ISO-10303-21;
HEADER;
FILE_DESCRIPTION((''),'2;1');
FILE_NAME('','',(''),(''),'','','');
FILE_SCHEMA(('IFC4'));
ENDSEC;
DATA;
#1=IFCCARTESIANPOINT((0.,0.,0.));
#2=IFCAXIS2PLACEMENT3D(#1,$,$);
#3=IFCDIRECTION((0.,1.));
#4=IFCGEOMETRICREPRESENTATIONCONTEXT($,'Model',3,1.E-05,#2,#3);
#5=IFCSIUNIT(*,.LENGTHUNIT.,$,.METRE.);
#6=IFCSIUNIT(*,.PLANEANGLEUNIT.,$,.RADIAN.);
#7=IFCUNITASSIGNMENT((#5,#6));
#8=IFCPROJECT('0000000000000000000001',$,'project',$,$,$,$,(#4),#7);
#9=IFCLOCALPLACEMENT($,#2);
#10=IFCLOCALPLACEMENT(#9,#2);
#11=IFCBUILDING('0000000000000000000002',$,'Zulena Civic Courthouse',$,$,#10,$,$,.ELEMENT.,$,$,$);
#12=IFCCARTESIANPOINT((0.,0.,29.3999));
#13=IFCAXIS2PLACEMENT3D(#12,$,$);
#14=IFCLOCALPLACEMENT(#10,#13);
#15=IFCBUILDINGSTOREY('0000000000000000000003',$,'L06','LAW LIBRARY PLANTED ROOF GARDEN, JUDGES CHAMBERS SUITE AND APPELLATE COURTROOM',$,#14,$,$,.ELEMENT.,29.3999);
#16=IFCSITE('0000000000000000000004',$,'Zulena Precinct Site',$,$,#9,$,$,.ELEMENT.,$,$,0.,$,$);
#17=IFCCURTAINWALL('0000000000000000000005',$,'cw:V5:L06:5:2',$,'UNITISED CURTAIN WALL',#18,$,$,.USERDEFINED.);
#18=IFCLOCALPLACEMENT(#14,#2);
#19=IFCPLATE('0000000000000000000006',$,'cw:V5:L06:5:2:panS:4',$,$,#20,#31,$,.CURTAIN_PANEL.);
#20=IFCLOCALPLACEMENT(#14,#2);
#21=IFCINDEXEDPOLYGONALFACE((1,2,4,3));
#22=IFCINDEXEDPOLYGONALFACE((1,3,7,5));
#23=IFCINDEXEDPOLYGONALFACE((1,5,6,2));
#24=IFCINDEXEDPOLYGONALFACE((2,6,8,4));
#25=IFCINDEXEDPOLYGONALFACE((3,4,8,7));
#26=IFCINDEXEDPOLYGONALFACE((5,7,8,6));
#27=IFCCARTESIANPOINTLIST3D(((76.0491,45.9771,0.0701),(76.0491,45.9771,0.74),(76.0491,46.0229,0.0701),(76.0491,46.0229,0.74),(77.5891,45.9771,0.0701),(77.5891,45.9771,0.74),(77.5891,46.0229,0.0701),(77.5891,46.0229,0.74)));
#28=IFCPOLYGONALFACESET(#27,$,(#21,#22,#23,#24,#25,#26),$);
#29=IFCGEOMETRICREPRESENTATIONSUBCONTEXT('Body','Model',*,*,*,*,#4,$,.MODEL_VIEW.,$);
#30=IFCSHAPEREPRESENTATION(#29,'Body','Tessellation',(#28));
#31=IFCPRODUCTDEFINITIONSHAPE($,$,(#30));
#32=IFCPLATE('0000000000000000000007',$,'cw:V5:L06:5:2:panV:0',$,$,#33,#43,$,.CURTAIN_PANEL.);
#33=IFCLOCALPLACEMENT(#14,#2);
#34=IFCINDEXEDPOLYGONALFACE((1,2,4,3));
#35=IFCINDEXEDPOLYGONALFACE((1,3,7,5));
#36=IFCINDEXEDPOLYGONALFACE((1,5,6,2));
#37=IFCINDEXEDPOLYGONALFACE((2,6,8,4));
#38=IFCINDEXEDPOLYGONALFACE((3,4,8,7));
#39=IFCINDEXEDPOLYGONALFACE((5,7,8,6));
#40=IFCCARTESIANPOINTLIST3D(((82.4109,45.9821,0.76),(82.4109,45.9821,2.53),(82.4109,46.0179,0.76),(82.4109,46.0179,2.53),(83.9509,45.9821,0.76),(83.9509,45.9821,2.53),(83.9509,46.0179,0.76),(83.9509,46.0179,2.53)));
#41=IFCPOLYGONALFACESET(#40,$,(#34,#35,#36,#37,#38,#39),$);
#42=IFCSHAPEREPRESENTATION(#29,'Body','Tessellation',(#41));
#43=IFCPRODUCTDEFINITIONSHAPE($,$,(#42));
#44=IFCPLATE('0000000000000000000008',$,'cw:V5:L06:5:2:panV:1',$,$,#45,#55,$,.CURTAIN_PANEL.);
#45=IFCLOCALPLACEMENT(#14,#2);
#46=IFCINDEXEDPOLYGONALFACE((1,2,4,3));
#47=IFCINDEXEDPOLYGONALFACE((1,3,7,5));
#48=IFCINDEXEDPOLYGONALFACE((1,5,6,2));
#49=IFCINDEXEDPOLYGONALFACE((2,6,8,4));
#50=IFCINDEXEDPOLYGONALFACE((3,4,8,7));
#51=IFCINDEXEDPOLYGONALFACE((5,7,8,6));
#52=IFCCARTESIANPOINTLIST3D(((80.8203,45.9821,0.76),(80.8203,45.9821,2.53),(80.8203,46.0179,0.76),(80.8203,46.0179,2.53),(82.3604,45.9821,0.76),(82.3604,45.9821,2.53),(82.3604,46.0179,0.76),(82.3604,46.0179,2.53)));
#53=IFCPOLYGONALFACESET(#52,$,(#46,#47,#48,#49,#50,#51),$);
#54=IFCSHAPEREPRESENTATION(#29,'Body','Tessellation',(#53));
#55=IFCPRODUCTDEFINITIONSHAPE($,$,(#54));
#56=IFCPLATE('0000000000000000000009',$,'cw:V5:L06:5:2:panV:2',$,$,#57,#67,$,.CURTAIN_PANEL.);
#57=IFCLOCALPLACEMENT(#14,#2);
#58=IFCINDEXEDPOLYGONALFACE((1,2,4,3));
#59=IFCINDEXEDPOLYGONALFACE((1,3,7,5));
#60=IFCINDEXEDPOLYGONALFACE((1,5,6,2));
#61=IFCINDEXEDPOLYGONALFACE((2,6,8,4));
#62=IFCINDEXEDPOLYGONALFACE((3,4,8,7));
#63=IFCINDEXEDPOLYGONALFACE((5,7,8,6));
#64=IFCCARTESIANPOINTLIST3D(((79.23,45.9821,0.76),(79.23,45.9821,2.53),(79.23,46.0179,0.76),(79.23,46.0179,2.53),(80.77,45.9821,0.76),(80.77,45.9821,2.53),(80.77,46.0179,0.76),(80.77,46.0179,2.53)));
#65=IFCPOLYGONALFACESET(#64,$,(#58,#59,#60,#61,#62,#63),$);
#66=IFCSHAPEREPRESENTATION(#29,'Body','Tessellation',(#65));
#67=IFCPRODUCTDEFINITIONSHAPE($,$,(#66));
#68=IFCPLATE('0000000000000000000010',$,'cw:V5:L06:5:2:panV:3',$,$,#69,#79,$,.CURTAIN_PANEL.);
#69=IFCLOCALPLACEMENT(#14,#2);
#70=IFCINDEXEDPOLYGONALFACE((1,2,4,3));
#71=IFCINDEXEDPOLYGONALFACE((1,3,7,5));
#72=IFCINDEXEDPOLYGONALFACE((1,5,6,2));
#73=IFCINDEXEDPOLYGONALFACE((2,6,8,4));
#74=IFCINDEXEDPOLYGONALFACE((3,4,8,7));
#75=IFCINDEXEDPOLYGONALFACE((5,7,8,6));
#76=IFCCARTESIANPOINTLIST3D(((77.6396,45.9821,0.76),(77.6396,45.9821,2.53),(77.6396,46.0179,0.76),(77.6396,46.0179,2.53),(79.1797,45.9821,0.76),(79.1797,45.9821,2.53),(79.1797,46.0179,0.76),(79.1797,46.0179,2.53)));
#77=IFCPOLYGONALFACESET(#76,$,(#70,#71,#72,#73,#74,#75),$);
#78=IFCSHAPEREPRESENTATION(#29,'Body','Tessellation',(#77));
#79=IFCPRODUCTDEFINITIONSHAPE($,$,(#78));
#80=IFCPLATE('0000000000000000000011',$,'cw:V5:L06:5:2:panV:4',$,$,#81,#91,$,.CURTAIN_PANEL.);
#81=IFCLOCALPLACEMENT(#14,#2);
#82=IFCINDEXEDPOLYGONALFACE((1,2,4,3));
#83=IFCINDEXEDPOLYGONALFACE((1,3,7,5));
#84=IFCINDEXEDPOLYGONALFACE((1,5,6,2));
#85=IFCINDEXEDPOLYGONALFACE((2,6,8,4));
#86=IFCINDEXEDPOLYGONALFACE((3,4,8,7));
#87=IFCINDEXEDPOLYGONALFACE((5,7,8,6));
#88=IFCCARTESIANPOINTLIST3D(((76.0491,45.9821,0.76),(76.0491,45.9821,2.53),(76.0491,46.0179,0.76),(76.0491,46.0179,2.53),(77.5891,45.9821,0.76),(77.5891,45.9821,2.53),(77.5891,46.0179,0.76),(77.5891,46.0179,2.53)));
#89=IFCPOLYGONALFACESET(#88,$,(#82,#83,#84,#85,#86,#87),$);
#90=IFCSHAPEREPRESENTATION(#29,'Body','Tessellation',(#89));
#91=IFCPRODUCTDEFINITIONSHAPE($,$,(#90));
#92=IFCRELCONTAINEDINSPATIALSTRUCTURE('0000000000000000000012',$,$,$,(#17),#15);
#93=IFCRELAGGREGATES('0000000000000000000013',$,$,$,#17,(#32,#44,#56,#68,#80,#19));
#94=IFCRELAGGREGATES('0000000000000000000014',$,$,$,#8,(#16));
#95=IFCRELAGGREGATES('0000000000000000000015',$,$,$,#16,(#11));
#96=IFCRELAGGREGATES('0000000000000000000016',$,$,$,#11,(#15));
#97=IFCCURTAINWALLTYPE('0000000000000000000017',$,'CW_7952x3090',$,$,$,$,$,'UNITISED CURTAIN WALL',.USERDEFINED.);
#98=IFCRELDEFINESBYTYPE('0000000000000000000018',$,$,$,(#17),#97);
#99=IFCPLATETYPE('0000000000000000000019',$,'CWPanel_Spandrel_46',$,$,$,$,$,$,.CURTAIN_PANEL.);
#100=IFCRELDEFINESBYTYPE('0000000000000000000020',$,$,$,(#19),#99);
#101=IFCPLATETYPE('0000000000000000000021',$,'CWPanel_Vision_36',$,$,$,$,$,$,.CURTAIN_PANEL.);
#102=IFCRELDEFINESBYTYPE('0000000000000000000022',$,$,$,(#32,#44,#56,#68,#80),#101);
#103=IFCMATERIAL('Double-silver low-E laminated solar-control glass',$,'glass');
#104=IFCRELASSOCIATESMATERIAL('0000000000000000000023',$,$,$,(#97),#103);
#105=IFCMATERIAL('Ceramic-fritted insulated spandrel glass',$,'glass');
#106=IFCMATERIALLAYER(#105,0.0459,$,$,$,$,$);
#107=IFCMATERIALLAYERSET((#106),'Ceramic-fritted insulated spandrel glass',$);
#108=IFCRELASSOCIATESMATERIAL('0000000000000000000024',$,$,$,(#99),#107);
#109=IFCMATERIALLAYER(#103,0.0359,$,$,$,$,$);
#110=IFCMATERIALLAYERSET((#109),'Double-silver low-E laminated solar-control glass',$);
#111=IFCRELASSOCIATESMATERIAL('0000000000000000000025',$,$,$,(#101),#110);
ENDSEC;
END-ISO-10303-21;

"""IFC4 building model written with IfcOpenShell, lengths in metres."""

from ifc_helpers import new_model, si_unit, direction, frame, origin, origin_2d, place, context, subcontext, project, spatial, rectangle, extrude, material, layer, layer_set, type_object, element, aggregate, save


model = new_model("IFC4")

# Units and contexts
model_context = context("Model", 3, precision=1e-05, world=origin(), true_north=direction((0.0, 1.0)))
body_context = subcontext(model_context, "Body", "Model", "MODEL_VIEW")
ifc_project = project(units=[si_unit("LENGTHUNIT", "METRE"), si_unit("PLANEANGLEUNIT", "RADIAN")], contexts=[model_context])

# Site, building, storey
site_placement = place(None, origin())
site = spatial("IfcSite", under=ifc_project, at=site_placement, Name="Zulena Precinct Site", CompositionType="ELEMENT", RefElevation=0.0)
building_placement = place(site_placement, origin())
building = spatial("IfcBuilding", under=site, at=building_placement, Name="Zulena Civic Courthouse", CompositionType="ELEMENT")
storey_placement = place(building_placement, frame((0.0, 0.0, 29.3999)))
storey = spatial("IfcBuildingStorey", under=building, at=storey_placement, Name="L06", Description="LAW LIBRARY PLANTED ROOF GARDEN, JUDGES CHAMBERS SUITE AND APPELLATE COURTROOM", CompositionType="ELEMENT", Elevation=29.3999)

# Curtain wall
ifc_material_1 = material(Name="Double-silver low-E laminated solar-control glass", Category="glass")
curtain_wall_type = type_object("IfcCurtainWallType", Name="CW_7952x3090", ElementType="UNITISED CURTAIN WALL", PredefinedType="USERDEFINED", material=ifc_material_1)
curtain_wall_placement = place(storey_placement, origin())
curtain_wall = element("IfcCurtainWall", 1, at=curtain_wall_placement, inside=storey, type_object=curtain_wall_type, Name="cw:V5:L06:5:2", ObjectType="UNITISED CURTAIN WALL", PredefinedType="USERDEFINED")

# Plates
ifc_material_2 = material(Name="Ceramic-fritted insulated spandrel glass", Category="glass")
ifc_layer_1 = layer(ifc_material_2, 0.0459)
ifc_layer_set_1 = layer_set([ifc_layer_1], Name="Ceramic-fritted insulated spandrel glass")
plate_type_1 = type_object("IfcPlateType", Name="CWPanel_Spandrel_46", PredefinedType="CURTAIN_PANEL", material=ifc_layer_set_1)
plate_1_placement = place(storey_placement, frame((76.8191, 46.0, 0.0701), z_axis=(0.0, 0.0, 1.0), x_axis=(-1.0, 0.0, 0.0)))
plate_1 = element("IfcPlate", 2, at=plate_1_placement, type_object=plate_type_1, Name="cw:V5:L06:5:2:panS:4", PredefinedType="CURTAIN_PANEL", context=body_context, shape_type="SweptSolid", body=[
    extrude(rectangle(XDim=1.54, YDim=0.0459, at=origin_2d()), origin(), (0.0, 0.0, 1.0), 0.6699),
])
ifc_layer_2 = layer(ifc_material_1, 0.0359)
ifc_layer_set_2 = layer_set([ifc_layer_2], Name="Double-silver low-E laminated solar-control glass")
plate_type_2 = type_object("IfcPlateType", Name="CWPanel_Vision_36", PredefinedType="CURTAIN_PANEL", material=ifc_layer_set_2)
plate_2_placement = place(storey_placement, frame((83.1809, 46.0, 0.76), z_axis=(0.0, 0.0, 1.0), x_axis=(-1.0, 0.0, 0.0)))
plate_2 = element("IfcPlate", 3, at=plate_2_placement, type_object=plate_type_2, Name="cw:V5:L06:5:2:panV:0", PredefinedType="CURTAIN_PANEL", context=body_context, shape_type="SweptSolid", body=[
    extrude(rectangle(XDim=1.54, YDim=0.0359, at=origin_2d()), origin(), (0.0, 0.0, 1.0), 1.77),
])
plate_3_placement = place(storey_placement, frame((81.5903, 46.0, 0.76), z_axis=(0.0, 0.0, 1.0), x_axis=(-1.0, 0.0, 0.0)))
plate_3 = element("IfcPlate", 4, at=plate_3_placement, type_object=plate_type_2, Name="cw:V5:L06:5:2:panV:1", PredefinedType="CURTAIN_PANEL", context=body_context, shape_type="SweptSolid", body=[
    extrude(rectangle(XDim=1.54, YDim=0.0359, at=origin_2d()), origin(), (0.0, 0.0, 1.0), 1.77),
])
plate_4_placement = place(storey_placement, frame((80.0, 46.0, 0.76), z_axis=(0.0, 0.0, 1.0), x_axis=(-1.0, 0.0, 0.0)))
plate_4 = element("IfcPlate", 5, at=plate_4_placement, type_object=plate_type_2, Name="cw:V5:L06:5:2:panV:2", PredefinedType="CURTAIN_PANEL", context=body_context, shape_type="SweptSolid", body=[
    extrude(rectangle(XDim=1.54, YDim=0.0359, at=origin_2d()), origin(), (0.0, 0.0, 1.0), 1.77),
])
plate_5_placement = place(storey_placement, frame((78.4097, 46.0, 0.76), z_axis=(0.0, 0.0, 1.0), x_axis=(-1.0, 0.0, 0.0)))
plate_5 = element("IfcPlate", 6, at=plate_5_placement, type_object=plate_type_2, Name="cw:V5:L06:5:2:panV:3", PredefinedType="CURTAIN_PANEL", context=body_context, shape_type="SweptSolid", body=[
    extrude(rectangle(XDim=1.54, YDim=0.0359, at=origin_2d()), origin(), (0.0, 0.0, 1.0), 1.77),
])
plate_6_placement = place(storey_placement, frame((76.8191, 46.0, 0.76), z_axis=(0.0, 0.0, 1.0), x_axis=(-1.0, 0.0, 0.0)))
plate_6 = element("IfcPlate", 7, at=plate_6_placement, type_object=plate_type_2, Name="cw:V5:L06:5:2:panV:4", PredefinedType="CURTAIN_PANEL", context=body_context, shape_type="SweptSolid", body=[
    extrude(rectangle(XDim=1.54, YDim=0.0359, at=origin_2d()), origin(), (0.0, 0.0, 1.0), 1.77),
])
aggregate(curtain_wall, [plate_2, plate_3, plate_4, plate_5, plate_6, plate_1])

save(model, "model.ifc")
